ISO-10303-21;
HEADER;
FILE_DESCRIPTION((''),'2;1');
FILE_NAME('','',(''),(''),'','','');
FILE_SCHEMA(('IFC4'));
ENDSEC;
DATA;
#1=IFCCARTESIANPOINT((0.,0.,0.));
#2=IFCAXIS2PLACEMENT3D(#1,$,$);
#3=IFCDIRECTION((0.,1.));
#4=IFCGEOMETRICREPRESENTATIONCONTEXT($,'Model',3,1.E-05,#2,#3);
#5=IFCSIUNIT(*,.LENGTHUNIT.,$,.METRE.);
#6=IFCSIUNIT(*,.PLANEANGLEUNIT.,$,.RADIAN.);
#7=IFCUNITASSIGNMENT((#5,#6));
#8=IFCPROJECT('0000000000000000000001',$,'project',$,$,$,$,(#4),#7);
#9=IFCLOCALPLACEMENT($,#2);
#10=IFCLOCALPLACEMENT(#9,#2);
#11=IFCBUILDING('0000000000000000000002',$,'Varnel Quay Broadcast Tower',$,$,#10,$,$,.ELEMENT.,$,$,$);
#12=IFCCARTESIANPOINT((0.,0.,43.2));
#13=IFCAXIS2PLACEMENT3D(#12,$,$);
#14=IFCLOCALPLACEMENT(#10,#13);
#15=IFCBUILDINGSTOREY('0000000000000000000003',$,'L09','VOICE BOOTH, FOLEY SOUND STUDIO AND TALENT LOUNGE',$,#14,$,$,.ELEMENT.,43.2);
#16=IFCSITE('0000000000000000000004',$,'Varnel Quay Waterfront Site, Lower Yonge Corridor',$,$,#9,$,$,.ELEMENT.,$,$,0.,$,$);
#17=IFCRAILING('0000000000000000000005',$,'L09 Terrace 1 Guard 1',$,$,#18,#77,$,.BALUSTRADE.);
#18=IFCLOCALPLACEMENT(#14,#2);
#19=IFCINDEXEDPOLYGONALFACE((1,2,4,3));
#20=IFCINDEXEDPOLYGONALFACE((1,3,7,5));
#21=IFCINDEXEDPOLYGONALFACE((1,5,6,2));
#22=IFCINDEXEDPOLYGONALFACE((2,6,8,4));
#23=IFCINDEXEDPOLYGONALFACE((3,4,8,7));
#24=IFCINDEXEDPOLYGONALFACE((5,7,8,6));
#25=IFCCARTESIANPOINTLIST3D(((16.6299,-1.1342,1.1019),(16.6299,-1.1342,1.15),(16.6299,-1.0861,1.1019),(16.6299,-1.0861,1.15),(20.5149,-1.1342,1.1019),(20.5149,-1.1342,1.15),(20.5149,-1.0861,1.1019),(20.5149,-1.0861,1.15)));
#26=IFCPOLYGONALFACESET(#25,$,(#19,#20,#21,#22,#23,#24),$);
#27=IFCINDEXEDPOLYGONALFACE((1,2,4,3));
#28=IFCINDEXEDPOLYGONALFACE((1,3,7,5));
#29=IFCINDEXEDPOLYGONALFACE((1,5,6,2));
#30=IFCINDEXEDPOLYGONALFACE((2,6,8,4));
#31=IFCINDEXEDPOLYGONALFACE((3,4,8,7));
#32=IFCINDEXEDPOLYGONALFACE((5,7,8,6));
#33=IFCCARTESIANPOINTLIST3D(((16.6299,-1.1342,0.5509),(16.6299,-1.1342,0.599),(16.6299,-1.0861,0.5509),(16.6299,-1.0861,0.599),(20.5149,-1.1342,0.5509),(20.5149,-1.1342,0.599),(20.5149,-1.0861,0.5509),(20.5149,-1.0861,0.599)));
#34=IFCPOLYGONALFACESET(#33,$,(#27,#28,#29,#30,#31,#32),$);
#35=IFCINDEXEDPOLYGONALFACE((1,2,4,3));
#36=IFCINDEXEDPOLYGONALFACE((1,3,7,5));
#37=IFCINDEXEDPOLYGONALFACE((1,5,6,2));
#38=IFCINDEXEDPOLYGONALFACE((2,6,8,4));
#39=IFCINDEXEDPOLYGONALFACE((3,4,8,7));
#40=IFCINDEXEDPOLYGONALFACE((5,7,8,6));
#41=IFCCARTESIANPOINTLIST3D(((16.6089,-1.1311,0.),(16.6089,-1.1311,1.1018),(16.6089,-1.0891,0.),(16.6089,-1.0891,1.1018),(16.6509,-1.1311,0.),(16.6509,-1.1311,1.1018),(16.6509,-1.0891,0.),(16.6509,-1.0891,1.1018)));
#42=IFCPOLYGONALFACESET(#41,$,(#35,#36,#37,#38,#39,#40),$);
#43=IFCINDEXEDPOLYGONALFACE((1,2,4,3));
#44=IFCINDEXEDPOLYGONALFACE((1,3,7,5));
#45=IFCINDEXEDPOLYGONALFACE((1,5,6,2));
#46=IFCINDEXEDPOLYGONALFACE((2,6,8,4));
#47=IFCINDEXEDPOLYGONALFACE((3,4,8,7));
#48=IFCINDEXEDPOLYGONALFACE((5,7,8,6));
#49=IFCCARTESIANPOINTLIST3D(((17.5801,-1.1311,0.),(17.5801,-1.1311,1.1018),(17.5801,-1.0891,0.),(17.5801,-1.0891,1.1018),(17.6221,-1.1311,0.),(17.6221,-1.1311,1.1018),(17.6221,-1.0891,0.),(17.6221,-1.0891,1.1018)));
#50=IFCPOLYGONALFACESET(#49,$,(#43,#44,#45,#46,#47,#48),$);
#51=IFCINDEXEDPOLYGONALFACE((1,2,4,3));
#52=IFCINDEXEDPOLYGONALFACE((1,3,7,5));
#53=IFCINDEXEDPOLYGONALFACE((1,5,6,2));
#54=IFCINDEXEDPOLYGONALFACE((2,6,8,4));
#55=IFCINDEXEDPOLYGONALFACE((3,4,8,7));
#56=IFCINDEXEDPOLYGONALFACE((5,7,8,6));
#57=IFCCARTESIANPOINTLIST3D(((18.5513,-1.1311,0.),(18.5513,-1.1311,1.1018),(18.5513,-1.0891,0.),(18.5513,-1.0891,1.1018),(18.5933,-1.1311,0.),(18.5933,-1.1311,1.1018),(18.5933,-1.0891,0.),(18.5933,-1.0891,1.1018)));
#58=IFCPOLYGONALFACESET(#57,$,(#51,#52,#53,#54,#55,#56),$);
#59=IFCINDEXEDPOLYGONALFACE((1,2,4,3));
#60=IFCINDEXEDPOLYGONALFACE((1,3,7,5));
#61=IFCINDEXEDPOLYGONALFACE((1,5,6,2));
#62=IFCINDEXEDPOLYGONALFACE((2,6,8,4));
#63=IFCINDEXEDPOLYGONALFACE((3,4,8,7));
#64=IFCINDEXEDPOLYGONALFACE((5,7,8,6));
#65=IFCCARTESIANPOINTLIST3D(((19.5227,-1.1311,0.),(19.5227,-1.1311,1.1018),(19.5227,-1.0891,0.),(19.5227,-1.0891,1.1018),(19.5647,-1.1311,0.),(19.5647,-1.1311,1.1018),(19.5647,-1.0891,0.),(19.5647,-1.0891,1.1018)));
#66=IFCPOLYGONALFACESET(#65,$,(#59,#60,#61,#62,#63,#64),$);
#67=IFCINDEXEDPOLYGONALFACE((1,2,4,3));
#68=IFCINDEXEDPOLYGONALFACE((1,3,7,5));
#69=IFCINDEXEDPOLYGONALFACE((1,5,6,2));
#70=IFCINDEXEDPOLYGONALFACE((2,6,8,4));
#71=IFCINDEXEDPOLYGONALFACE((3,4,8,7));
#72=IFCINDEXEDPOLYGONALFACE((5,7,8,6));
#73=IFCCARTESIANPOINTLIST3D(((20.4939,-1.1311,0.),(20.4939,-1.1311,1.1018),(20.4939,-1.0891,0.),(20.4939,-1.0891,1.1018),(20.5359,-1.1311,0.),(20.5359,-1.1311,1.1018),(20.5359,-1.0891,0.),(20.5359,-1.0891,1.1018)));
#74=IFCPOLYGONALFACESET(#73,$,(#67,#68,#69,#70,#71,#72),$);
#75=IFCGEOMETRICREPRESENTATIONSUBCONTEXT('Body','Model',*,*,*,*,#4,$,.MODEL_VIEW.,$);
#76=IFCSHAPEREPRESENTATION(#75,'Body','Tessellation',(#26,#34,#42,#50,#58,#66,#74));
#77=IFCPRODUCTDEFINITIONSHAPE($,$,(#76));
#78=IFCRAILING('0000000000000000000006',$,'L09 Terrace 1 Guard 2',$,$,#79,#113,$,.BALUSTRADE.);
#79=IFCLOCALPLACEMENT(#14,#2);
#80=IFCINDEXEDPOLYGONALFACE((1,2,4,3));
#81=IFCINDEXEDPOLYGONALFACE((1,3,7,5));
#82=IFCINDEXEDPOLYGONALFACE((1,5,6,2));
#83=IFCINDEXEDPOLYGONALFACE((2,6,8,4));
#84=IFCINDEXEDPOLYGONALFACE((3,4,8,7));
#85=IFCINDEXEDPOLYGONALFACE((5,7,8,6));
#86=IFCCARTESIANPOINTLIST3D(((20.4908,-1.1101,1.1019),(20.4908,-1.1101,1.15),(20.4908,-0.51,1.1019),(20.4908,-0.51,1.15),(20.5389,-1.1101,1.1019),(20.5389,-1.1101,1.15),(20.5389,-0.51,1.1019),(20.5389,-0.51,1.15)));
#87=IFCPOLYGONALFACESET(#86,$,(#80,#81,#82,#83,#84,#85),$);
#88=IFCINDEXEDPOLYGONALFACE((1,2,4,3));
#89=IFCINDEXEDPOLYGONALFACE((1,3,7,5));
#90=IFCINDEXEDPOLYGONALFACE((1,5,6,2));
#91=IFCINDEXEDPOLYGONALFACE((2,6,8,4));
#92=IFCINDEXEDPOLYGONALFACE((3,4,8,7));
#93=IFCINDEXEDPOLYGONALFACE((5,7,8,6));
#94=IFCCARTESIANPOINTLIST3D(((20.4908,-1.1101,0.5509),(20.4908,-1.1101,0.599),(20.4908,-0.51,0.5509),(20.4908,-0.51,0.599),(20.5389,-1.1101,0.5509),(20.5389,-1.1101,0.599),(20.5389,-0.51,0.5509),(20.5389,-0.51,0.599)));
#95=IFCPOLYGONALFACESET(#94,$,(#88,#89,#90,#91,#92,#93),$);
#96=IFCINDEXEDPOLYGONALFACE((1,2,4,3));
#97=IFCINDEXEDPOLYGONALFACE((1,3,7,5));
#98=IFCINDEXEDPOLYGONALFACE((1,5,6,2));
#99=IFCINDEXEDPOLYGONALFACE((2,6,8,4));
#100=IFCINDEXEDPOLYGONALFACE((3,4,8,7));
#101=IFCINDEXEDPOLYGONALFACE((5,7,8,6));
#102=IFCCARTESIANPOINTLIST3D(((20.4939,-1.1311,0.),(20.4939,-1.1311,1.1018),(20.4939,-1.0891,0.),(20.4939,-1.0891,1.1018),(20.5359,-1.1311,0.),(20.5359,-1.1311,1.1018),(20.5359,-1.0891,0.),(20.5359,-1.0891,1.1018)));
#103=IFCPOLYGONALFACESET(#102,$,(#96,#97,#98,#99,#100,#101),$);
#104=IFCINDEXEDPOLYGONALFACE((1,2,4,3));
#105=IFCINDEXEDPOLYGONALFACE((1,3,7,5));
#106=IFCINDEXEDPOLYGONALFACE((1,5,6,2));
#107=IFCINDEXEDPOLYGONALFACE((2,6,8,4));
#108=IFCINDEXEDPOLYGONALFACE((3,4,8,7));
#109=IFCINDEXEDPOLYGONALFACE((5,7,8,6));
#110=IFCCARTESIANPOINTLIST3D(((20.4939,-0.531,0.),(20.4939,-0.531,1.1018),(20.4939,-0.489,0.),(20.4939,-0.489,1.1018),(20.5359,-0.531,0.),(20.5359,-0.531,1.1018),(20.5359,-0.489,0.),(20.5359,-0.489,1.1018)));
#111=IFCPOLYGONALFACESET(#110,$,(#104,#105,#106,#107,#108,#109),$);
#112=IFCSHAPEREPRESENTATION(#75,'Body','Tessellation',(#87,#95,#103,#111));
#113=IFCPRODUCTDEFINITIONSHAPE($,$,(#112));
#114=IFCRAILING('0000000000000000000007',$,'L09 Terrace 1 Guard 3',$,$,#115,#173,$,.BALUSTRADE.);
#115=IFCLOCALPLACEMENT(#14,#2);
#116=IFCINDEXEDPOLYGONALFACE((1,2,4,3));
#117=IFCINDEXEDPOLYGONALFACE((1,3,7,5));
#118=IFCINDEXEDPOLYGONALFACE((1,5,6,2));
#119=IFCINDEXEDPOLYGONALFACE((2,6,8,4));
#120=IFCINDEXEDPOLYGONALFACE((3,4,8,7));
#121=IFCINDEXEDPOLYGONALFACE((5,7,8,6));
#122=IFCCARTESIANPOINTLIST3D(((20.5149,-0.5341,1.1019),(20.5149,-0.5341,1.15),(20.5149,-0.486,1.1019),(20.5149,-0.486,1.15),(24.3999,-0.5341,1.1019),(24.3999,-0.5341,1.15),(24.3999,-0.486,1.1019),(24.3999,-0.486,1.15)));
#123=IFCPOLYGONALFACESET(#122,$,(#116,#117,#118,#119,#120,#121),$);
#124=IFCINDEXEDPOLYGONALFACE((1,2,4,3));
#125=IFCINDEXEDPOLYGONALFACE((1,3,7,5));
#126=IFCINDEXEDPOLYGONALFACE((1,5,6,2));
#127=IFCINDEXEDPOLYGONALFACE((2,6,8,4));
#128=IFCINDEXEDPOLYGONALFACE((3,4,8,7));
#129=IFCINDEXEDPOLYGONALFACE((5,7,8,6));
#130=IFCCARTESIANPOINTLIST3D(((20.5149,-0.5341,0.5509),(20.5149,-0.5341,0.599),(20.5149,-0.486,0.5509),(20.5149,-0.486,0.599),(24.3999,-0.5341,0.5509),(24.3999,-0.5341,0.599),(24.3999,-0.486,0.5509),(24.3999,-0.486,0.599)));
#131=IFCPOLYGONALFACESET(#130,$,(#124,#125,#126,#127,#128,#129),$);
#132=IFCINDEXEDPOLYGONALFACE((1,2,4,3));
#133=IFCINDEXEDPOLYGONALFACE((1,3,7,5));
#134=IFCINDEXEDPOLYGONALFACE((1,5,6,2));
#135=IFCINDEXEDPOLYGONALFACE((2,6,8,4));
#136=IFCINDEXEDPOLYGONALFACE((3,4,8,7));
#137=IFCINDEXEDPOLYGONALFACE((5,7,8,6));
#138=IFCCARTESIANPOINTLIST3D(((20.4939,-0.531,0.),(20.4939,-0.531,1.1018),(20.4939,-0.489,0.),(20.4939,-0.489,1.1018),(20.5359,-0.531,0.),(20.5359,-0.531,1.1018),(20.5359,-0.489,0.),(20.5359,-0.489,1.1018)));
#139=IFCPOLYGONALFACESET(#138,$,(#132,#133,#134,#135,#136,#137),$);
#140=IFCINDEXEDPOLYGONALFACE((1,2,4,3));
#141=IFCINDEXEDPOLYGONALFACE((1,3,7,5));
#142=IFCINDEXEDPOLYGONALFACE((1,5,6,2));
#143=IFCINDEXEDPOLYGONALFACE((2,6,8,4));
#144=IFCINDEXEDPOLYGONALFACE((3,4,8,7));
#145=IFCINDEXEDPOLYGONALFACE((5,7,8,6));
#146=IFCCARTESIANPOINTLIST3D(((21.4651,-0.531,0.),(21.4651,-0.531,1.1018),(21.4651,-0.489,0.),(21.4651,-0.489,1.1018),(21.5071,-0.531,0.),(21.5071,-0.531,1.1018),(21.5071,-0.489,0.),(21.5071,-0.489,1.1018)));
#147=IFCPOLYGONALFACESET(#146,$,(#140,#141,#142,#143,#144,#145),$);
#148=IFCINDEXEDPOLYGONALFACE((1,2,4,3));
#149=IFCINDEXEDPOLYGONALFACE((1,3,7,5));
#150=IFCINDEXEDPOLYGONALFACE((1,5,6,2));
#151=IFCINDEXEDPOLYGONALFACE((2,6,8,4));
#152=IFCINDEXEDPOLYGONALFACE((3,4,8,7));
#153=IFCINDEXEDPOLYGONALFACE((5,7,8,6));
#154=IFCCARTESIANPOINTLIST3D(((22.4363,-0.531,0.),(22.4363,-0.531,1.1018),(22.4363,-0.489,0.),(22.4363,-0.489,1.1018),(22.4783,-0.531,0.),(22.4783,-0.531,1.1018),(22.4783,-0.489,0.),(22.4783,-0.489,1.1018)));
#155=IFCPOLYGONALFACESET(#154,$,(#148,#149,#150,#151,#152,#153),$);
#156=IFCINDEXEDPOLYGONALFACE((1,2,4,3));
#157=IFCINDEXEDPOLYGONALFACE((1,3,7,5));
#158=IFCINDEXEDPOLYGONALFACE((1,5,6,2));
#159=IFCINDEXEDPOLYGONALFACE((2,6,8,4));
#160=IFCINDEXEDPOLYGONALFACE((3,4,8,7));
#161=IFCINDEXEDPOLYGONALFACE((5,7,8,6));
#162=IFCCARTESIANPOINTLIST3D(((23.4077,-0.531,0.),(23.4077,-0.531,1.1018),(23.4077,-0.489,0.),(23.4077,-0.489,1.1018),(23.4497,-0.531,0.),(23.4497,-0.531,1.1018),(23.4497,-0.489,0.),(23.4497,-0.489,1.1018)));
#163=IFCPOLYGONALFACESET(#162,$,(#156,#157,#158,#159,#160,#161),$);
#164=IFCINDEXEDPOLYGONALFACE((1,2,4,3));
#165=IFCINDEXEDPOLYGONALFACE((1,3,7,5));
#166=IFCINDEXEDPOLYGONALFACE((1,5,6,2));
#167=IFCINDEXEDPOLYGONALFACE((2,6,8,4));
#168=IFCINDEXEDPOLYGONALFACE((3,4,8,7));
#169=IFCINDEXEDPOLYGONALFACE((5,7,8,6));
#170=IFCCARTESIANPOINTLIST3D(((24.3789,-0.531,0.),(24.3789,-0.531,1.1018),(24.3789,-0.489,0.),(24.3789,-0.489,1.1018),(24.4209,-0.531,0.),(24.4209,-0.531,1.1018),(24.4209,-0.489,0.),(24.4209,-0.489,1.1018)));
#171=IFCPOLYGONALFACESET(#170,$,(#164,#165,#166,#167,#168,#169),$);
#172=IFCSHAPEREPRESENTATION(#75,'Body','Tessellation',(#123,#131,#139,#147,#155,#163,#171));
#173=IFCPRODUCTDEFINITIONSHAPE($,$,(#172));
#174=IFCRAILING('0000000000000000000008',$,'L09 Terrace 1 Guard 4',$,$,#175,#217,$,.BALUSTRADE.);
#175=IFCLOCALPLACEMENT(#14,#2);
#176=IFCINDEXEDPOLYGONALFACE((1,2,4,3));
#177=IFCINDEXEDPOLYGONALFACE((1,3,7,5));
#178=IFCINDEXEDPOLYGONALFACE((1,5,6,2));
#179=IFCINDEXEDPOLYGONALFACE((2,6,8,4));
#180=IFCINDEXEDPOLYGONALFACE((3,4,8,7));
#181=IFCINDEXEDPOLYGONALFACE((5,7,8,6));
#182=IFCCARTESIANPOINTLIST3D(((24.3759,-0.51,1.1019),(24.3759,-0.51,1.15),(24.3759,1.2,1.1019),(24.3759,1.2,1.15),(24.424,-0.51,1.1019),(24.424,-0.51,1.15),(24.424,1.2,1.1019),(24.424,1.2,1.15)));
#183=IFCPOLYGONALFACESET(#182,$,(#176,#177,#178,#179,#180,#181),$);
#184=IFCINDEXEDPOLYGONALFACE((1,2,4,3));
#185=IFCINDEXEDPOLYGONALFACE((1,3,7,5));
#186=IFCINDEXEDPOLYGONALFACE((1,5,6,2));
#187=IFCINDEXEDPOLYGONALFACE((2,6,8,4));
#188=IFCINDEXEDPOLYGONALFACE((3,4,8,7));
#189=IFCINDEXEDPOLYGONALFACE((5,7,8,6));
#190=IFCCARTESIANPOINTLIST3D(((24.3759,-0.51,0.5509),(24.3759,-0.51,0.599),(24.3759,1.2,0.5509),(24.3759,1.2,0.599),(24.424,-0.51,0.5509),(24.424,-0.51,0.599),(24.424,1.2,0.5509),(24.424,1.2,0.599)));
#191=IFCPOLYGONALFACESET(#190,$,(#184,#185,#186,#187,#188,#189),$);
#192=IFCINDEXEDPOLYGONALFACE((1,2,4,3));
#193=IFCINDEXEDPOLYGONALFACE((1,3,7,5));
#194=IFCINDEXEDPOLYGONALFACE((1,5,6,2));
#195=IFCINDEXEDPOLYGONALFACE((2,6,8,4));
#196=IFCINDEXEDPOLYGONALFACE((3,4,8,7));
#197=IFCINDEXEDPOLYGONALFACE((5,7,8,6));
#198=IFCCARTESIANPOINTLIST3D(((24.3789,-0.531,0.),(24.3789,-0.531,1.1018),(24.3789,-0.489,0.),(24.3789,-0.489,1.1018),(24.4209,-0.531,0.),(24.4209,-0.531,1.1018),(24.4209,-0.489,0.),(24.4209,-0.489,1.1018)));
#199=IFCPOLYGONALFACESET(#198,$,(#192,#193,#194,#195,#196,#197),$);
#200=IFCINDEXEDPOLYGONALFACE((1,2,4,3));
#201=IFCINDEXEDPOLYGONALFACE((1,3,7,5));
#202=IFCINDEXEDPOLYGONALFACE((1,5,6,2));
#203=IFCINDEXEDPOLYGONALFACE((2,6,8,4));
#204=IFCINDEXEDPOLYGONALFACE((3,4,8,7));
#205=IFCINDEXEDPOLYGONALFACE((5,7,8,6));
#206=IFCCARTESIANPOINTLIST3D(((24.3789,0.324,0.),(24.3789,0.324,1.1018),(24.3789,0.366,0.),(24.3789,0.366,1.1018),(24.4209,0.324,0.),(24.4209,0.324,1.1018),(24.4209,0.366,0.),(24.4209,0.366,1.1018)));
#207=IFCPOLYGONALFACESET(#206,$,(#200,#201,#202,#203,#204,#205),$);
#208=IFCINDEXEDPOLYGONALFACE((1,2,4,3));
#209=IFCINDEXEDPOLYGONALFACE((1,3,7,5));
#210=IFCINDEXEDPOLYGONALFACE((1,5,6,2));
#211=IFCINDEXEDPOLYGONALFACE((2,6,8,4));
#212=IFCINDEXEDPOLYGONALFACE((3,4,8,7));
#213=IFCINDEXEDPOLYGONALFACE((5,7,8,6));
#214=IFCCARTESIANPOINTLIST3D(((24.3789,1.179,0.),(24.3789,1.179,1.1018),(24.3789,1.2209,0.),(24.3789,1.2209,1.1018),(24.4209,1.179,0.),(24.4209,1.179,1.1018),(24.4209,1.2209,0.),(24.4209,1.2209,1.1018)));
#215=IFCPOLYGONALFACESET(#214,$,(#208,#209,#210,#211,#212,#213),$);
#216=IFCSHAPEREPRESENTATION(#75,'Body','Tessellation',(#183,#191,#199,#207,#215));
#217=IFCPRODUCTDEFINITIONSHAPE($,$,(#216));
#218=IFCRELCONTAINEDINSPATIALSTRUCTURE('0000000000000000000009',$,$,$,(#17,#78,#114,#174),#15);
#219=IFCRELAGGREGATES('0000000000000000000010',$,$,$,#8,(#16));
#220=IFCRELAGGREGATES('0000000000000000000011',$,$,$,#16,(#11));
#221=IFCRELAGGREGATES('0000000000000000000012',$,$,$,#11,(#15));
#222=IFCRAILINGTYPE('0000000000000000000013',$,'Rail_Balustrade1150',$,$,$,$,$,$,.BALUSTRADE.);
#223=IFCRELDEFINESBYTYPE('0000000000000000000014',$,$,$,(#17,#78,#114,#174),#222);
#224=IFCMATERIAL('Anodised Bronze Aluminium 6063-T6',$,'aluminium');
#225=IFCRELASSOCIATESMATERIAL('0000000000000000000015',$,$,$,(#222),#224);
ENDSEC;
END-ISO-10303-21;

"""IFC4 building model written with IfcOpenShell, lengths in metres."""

from ifc_helpers import new_model, si_unit, direction, frame, origin, origin_2d, place, context, subcontext, project, spatial, rectangle, extrude, material, type_object, element, save


model = new_model("IFC4")

# Units and contexts
model_context = context("Model", 3, precision=1e-05, world=origin(), true_north=direction((0.0, 1.0)))
body_context = subcontext(model_context, "Body", "Model", "MODEL_VIEW")
ifc_project = project(units=[si_unit("LENGTHUNIT", "METRE"), si_unit("PLANEANGLEUNIT", "RADIAN")], contexts=[model_context])

# Site, building, storey
site_placement = place(None, origin())
site = spatial("IfcSite", under=ifc_project, at=site_placement, Name="Varnel Quay Waterfront Site, Lower Yonge Corridor", CompositionType="ELEMENT", RefElevation=0.0)
building_placement = place(site_placement, origin())
building = spatial("IfcBuilding", under=site, at=building_placement, Name="Varnel Quay Broadcast Tower", CompositionType="ELEMENT")
storey_placement = place(building_placement, frame((0.0, 0.0, 43.2)))
storey = spatial("IfcBuildingStorey", under=building, at=storey_placement, Name="L09", Description="VOICE BOOTH, FOLEY SOUND STUDIO AND TALENT LOUNGE", CompositionType="ELEMENT", Elevation=43.2)

# Shared definitions
ifc_material_1 = material(Name="Anodised Bronze Aluminium 6063-T6", Category="aluminium")

# Railings
railing_type = type_object("IfcRailingType", Name="Rail_Balustrade1150", PredefinedType="BALUSTRADE", material=ifc_material_1)
railing_1_placement = place(storey_placement, frame((16.6299, -1.1101, 0.0)))
element("IfcRailing", 1, at=railing_1_placement, inside=storey, type_object=railing_type, Name="L09 Terrace 1 Guard 1", PredefinedType="BALUSTRADE", context=body_context, shape_type="SweptSolid", body=[
    extrude(rectangle(XDim=0.0481, YDim=0.0481, at=origin_2d()), frame((0.0, 0.0, 1.126), z_axis=(1.0, 0.0, 0.0), x_axis=(0.0, 1.0, 0.0)), (0.0, 0.0, 1.0), 3.885),
    extrude(rectangle(XDim=0.0481, YDim=0.0481, at=origin_2d()), frame((0.0, 0.0, 0.575), z_axis=(1.0, 0.0, 0.0), x_axis=(0.0, 1.0, 0.0)), (0.0, 0.0, 1.0), 3.885),
    extrude(rectangle(XDim=0.042, YDim=0.042, at=origin_2d()), origin(), (0.0, 0.0, 1.0), 1.1018),
    extrude(rectangle(XDim=0.042, YDim=0.042, at=origin_2d()), frame((0.9712, 0.0, 0.0)), (0.0, 0.0, 1.0), 1.1018),
    extrude(rectangle(XDim=0.042, YDim=0.042, at=origin_2d()), frame((1.9424, 0.0, 0.0)), (0.0, 0.0, 1.0), 1.1018),
    extrude(rectangle(XDim=0.042, YDim=0.042, at=origin_2d()), frame((2.9138, 0.0, 0.0)), (0.0, 0.0, 1.0), 1.1018),
    extrude(rectangle(XDim=0.042, YDim=0.042, at=origin_2d()), frame((3.885, 0.0, 0.0)), (0.0, 0.0, 1.0), 1.1018),
])
railing_2_placement = place(storey_placement, frame((20.5149, -1.1101, 0.0)))
element("IfcRailing", 2, at=railing_2_placement, inside=storey, type_object=railing_type, Name="L09 Terrace 1 Guard 2", PredefinedType="BALUSTRADE", context=body_context, shape_type="SweptSolid", body=[
    extrude(rectangle(XDim=0.0481, YDim=0.0481, at=origin_2d()), frame((0.0, 0.0, 1.126), z_axis=(0.0, 1.0, 0.0), x_axis=(-1.0, 0.0, 0.0)), (0.0, 0.0, 1.0), 0.6001),
    extrude(rectangle(XDim=0.0481, YDim=0.0481, at=origin_2d()), frame((0.0, 0.0, 0.575), z_axis=(0.0, 1.0, 0.0), x_axis=(-1.0, 0.0, 0.0)), (0.0, 0.0, 1.0), 0.6001),
    extrude(rectangle(XDim=0.042, YDim=0.042, at=origin_2d()), origin(), (0.0, 0.0, 1.0), 1.1018),
    extrude(rectangle(XDim=0.042, YDim=0.042, at=origin_2d()), frame((0.0, 0.6001, 0.0)), (0.0, 0.0, 1.0), 1.1018),
])
railing_3_placement = place(storey_placement, frame((20.5149, -0.51, 0.0)))
element("IfcRailing", 3, at=railing_3_placement, inside=storey, type_object=railing_type, Name="L09 Terrace 1 Guard 3", PredefinedType="BALUSTRADE", context=body_context, shape_type="SweptSolid", body=[
    extrude(rectangle(XDim=0.0481, YDim=0.0481, at=origin_2d()), frame((0.0, 0.0, 1.126), z_axis=(1.0, 0.0, 0.0), x_axis=(0.0, 1.0, 0.0)), (0.0, 0.0, 1.0), 3.885),
    extrude(rectangle(XDim=0.0481, YDim=0.0481, at=origin_2d()), frame((0.0, 0.0, 0.575), z_axis=(1.0, 0.0, 0.0), x_axis=(0.0, 1.0, 0.0)), (0.0, 0.0, 1.0), 3.885),
    extrude(rectangle(XDim=0.042, YDim=0.042, at=origin_2d()), origin(), (0.0, 0.0, 1.0), 1.1018),
    extrude(rectangle(XDim=0.042, YDim=0.042, at=origin_2d()), frame((0.9712, 0.0, 0.0)), (0.0, 0.0, 1.0), 1.1018),
    extrude(rectangle(XDim=0.042, YDim=0.042, at=origin_2d()), frame((1.9424, 0.0, 0.0)), (0.0, 0.0, 1.0), 1.1018),
    extrude(rectangle(XDim=0.042, YDim=0.042, at=origin_2d()), frame((2.9138, 0.0, 0.0)), (0.0, 0.0, 1.0), 1.1018),
    extrude(rectangle(XDim=0.042, YDim=0.042, at=origin_2d()), frame((3.885, 0.0, 0.0)), (0.0, 0.0, 1.0), 1.1018),
])
railing_4_placement = place(storey_placement, frame((24.3999, -0.51, 0.0)))
element("IfcRailing", 4, at=railing_4_placement, inside=storey, type_object=railing_type, Name="L09 Terrace 1 Guard 4", PredefinedType="BALUSTRADE", context=body_context, shape_type="SweptSolid", body=[
    extrude(rectangle(XDim=0.0481, YDim=0.0481, at=origin_2d()), frame((0.0, 0.0, 1.126), z_axis=(0.0, 1.0, 0.0), x_axis=(-1.0, 0.0, 0.0)), (0.0, 0.0, 1.0), 1.71),
    extrude(rectangle(XDim=0.0481, YDim=0.0481, at=origin_2d()), frame((0.0, 0.0, 0.575), z_axis=(0.0, 1.0, 0.0), x_axis=(-1.0, 0.0, 0.0)), (0.0, 0.0, 1.0), 1.71),
    extrude(rectangle(XDim=0.042, YDim=0.042, at=origin_2d()), origin(), (0.0, 0.0, 1.0), 1.1018),
    extrude(rectangle(XDim=0.042, YDim=0.042, at=origin_2d()), frame((0.0, 0.855, 0.0)), (0.0, 0.0, 1.0), 1.1018),
    extrude(rectangle(XDim=0.042, YDim=0.042, at=origin_2d()), frame((0.0, 1.71, 0.0)), (0.0, 0.0, 1.0), 1.1018),
])

save(model, "model.ifc")
